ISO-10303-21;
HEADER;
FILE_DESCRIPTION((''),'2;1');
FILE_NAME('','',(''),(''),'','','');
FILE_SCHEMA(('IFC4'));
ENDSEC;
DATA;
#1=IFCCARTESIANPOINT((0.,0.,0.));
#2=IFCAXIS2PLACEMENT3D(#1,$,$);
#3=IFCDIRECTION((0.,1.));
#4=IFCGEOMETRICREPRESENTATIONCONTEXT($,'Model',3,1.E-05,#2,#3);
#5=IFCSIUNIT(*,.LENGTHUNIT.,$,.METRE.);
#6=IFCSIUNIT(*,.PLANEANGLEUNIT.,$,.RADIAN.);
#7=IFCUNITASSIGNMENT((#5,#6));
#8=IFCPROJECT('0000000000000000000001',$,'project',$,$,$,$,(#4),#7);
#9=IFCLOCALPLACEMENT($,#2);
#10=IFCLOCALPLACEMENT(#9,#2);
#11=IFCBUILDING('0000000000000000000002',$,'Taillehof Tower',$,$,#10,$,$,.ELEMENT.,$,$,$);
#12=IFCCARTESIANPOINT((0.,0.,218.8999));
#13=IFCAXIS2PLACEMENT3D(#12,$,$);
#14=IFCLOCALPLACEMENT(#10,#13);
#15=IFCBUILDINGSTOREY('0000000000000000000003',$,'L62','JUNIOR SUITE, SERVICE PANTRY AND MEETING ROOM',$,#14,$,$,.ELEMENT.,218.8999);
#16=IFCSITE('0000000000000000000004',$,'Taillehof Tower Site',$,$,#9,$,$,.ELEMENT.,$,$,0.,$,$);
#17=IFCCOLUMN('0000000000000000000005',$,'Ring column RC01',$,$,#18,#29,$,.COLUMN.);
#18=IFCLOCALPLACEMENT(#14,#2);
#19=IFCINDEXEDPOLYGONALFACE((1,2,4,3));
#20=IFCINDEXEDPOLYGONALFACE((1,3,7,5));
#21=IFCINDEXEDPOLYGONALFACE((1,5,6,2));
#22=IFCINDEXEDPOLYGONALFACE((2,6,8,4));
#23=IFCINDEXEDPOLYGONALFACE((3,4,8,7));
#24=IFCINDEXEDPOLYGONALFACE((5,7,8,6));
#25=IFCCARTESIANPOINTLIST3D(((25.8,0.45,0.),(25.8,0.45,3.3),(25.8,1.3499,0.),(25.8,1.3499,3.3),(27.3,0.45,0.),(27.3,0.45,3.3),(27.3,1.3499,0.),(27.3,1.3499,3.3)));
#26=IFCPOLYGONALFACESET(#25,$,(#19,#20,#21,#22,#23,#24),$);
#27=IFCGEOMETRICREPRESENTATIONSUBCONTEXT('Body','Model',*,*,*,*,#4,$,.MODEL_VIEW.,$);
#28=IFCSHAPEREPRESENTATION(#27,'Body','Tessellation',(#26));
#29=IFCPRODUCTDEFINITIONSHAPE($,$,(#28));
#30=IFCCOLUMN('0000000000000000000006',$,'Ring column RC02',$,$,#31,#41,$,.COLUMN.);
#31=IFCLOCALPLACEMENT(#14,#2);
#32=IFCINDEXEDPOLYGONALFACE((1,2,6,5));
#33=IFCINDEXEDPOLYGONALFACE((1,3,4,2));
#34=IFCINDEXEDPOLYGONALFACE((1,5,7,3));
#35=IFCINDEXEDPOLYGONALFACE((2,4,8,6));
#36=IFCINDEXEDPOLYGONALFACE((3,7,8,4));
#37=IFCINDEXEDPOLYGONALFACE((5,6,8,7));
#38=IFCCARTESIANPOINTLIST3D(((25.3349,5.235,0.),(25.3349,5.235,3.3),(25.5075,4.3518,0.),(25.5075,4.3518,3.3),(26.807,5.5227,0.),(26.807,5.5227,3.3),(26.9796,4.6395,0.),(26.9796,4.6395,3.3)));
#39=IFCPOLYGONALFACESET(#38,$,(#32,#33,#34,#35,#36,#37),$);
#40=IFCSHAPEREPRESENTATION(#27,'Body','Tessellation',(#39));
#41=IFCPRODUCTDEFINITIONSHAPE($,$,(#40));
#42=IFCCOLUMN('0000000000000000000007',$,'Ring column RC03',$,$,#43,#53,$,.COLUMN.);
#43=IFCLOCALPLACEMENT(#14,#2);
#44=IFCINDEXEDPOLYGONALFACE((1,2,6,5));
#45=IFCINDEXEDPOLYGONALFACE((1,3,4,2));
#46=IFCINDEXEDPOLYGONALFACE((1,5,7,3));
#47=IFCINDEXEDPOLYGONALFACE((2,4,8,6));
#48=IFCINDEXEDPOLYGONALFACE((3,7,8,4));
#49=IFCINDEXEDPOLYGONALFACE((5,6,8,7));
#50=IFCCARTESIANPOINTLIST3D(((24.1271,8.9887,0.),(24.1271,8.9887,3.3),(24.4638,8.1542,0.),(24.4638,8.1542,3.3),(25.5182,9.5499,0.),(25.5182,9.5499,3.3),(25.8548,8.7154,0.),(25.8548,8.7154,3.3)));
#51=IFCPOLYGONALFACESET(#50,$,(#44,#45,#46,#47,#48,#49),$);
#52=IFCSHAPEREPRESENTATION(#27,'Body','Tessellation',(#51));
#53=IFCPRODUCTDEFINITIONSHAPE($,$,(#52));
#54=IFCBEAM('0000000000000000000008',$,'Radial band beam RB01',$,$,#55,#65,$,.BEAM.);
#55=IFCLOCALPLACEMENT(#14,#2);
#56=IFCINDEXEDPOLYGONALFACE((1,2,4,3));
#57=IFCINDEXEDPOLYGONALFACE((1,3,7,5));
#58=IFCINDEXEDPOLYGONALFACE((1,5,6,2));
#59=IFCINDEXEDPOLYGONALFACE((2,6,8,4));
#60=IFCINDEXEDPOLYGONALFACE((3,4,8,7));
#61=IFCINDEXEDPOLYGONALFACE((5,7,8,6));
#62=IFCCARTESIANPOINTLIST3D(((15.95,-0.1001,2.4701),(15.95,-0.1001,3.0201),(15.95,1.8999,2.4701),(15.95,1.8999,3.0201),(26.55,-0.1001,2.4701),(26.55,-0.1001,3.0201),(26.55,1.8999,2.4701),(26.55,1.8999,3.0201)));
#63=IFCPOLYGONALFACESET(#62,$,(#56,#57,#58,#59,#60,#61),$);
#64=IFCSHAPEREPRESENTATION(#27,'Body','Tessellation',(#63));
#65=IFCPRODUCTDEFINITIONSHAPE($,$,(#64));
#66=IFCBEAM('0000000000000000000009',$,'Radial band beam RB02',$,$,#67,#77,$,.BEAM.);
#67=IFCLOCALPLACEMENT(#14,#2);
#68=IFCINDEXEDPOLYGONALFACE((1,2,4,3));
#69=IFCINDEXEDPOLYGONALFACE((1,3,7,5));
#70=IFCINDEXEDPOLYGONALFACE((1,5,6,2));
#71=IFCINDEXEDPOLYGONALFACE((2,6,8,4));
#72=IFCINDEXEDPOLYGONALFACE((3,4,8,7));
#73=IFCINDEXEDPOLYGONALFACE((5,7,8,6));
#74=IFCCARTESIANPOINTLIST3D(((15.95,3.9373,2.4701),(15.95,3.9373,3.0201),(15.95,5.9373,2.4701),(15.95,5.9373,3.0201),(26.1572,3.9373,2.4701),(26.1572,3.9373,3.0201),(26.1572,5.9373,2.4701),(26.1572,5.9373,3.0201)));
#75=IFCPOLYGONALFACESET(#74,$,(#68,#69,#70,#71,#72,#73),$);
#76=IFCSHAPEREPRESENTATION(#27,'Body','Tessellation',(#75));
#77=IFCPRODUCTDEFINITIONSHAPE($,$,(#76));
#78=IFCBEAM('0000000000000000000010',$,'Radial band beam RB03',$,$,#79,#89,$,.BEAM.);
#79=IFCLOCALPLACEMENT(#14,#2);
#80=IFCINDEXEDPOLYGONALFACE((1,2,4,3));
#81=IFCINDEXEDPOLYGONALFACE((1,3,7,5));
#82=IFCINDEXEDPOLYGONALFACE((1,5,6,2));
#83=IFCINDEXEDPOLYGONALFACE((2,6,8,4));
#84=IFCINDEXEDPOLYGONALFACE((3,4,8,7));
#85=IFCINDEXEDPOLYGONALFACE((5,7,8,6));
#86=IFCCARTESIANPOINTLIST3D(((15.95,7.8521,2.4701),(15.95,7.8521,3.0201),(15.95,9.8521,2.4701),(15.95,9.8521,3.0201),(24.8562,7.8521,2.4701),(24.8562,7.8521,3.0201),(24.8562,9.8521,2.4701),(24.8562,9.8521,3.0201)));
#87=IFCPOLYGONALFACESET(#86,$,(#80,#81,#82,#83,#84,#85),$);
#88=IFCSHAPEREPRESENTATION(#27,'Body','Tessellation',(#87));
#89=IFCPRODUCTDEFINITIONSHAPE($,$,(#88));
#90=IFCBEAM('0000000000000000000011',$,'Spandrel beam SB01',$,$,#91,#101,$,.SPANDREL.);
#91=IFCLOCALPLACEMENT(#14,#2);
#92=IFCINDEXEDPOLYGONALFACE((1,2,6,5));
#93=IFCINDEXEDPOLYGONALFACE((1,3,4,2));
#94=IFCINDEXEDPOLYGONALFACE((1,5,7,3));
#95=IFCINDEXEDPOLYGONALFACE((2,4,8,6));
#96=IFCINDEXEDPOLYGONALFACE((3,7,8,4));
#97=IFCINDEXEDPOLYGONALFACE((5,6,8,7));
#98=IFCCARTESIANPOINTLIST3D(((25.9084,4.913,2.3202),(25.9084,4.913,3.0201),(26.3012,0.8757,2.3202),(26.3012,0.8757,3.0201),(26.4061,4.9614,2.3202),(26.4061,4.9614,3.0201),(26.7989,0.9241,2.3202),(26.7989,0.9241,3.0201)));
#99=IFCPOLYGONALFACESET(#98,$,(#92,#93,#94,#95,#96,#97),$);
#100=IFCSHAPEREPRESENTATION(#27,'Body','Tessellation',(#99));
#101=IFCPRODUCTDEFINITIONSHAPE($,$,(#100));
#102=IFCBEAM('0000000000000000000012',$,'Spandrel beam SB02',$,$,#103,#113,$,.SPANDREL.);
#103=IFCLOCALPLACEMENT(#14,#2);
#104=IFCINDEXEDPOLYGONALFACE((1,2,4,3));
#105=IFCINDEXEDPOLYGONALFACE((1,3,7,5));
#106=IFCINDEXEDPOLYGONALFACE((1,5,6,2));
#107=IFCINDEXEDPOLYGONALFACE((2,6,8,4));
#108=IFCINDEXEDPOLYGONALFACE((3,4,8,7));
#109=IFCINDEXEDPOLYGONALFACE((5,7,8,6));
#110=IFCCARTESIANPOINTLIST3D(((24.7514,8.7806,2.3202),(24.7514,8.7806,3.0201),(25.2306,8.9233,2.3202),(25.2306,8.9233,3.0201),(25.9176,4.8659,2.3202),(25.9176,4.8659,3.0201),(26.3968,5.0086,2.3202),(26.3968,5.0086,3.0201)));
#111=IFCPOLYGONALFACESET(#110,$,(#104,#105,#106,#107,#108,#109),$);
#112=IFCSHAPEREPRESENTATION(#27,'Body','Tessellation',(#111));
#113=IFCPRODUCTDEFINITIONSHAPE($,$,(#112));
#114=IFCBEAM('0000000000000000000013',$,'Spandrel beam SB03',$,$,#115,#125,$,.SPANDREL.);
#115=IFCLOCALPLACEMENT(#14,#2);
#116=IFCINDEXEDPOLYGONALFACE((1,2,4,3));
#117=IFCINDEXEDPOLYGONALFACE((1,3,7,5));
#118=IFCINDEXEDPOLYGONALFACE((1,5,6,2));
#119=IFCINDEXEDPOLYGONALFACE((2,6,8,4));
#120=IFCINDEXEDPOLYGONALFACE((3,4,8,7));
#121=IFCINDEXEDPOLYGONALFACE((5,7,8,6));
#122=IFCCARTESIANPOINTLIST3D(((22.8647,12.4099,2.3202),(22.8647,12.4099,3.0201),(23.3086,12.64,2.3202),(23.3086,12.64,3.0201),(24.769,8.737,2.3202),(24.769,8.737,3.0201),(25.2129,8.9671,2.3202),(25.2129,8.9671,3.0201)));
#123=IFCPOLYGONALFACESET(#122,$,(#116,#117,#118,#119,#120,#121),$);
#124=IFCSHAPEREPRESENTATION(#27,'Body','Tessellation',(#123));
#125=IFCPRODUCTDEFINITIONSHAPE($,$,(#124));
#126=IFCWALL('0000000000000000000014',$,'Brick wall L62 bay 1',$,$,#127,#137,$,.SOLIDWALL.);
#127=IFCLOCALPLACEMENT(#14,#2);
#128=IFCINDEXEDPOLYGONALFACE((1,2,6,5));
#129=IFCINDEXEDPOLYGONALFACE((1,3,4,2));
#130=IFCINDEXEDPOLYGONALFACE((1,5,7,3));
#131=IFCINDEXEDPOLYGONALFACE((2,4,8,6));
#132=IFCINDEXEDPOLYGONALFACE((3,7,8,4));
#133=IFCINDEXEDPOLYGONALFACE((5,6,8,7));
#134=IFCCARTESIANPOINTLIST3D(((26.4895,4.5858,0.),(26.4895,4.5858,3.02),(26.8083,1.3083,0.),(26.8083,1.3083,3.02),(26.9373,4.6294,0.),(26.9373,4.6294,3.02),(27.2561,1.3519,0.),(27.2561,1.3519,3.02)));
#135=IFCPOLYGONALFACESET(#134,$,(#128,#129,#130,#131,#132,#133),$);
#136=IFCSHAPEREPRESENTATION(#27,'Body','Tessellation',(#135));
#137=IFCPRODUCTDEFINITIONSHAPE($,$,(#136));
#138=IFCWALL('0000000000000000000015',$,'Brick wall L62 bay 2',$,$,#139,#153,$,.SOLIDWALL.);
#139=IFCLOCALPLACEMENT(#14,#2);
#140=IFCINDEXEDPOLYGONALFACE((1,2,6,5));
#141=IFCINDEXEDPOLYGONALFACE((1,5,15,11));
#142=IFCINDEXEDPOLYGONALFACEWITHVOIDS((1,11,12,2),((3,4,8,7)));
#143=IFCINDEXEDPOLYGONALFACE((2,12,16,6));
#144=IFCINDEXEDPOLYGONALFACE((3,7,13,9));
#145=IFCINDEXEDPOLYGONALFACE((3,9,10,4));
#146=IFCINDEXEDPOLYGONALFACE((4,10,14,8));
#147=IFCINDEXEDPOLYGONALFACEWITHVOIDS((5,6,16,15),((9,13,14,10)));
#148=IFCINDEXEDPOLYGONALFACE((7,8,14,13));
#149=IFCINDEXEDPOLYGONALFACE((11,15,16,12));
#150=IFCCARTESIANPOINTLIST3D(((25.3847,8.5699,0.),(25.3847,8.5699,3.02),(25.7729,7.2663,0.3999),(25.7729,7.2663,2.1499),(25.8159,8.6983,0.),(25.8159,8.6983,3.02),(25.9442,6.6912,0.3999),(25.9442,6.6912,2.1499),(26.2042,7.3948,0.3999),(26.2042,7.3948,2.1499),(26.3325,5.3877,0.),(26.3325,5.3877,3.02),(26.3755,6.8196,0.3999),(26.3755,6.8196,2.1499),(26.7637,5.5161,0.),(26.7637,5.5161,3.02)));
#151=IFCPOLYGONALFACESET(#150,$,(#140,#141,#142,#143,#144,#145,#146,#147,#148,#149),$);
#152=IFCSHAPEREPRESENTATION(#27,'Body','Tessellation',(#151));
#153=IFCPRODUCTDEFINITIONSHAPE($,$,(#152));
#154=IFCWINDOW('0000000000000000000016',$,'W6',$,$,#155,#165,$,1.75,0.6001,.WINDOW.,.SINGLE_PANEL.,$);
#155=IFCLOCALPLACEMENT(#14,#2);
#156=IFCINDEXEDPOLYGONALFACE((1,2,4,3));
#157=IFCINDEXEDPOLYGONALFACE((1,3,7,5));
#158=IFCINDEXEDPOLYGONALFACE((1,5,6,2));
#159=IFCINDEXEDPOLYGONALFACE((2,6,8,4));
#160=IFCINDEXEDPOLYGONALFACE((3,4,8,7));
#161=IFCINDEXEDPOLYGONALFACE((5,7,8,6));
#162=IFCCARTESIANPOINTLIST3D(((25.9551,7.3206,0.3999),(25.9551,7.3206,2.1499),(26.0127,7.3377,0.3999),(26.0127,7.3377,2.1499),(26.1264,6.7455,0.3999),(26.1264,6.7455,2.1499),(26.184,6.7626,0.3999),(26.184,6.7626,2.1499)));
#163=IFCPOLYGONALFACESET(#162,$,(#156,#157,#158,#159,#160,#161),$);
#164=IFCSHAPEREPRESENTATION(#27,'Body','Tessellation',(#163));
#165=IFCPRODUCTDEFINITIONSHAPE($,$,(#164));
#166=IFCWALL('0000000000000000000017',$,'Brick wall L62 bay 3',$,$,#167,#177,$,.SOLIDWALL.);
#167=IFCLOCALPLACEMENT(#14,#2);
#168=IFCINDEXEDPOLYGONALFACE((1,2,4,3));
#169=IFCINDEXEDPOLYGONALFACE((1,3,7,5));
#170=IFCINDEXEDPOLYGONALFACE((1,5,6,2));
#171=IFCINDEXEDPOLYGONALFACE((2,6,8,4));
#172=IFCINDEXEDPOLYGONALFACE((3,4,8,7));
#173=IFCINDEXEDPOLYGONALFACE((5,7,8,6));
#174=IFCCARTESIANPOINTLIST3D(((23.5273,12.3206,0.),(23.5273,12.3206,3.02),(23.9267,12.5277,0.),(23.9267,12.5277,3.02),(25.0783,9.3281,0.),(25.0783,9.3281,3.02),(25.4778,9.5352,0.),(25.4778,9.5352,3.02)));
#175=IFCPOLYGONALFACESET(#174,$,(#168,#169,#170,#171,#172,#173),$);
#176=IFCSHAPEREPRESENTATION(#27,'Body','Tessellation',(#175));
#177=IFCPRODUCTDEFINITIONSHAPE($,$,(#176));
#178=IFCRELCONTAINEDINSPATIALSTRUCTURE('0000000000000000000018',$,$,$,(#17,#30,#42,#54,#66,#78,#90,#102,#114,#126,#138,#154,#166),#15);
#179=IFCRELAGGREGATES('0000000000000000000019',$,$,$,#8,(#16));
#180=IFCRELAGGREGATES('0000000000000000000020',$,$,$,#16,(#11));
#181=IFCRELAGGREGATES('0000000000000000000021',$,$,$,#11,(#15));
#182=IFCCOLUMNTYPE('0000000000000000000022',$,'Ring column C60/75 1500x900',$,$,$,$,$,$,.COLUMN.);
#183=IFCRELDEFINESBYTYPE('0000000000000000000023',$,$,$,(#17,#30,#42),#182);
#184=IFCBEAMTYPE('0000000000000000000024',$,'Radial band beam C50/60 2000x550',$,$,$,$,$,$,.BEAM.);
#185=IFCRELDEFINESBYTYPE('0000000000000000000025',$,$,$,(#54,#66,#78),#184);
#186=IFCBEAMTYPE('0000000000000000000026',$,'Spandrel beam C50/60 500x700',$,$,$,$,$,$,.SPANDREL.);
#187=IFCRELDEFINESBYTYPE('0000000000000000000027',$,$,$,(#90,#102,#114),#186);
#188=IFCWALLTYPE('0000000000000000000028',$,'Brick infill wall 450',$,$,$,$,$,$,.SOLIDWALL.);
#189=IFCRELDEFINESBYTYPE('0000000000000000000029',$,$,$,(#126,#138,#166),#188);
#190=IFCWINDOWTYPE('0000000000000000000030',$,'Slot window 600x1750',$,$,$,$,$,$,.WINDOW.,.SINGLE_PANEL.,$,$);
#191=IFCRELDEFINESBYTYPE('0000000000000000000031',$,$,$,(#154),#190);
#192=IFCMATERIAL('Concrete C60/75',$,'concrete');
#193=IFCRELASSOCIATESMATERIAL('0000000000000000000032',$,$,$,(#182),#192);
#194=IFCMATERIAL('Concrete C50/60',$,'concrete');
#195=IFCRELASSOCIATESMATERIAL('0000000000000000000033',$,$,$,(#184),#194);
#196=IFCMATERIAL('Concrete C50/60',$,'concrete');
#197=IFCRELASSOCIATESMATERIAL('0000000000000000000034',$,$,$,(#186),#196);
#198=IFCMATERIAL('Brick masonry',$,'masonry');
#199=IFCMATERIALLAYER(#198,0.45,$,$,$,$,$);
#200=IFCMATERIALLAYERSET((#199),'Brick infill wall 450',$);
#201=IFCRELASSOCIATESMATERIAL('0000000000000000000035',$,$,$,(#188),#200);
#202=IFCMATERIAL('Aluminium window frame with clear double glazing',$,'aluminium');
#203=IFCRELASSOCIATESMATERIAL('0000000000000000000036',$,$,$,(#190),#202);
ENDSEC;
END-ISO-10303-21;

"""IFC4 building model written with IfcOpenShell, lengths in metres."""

from ifc_helpers import new_model, si_unit, direction, frame, frame_2d, origin, origin_2d, place, context, subcontext, project, spatial, rectangle, extrude, material, layer, layer_set, material_profile, profile_set, type_object, element, fill, save


model = new_model("IFC4")

# Units and contexts
model_context = context("Model", 3, precision=1e-05, world=origin(), true_north=direction((0.0, 1.0)))
body_context = subcontext(model_context, "Body", "Model", "MODEL_VIEW")
ifc_project = project(units=[si_unit("LENGTHUNIT", "METRE"), si_unit("PLANEANGLEUNIT", "RADIAN")], contexts=[model_context])

# Site, building, storey
site_placement = place(None, origin())
site = spatial("IfcSite", under=ifc_project, at=site_placement, Name="Taillehof Tower Site", CompositionType="ELEMENT", RefElevation=0.0)
building_placement = place(site_placement, origin())
building = spatial("IfcBuilding", under=site, at=building_placement, Name="Taillehof Tower", CompositionType="ELEMENT")
storey_placement = place(building_placement, frame((0.0, 0.0, 218.8999)))
storey = spatial("IfcBuildingStorey", under=building, at=storey_placement, Name="L62", Description="JUNIOR SUITE, SERVICE PANTRY AND MEETING ROOM", CompositionType="ELEMENT", Elevation=218.8999)

# Columns
ifc_material_1 = material(Name="Concrete C60/75", Category="concrete")
ifc_material_profile_1 = material_profile(ifc_material_1, rectangle(XDim=1.5, YDim=0.8999, at=origin_2d()), Name="RC 1500x900")
ifc_profile_set_1 = profile_set([ifc_material_profile_1], Name="Concrete C60/75")
column_type = type_object("IfcColumnType", Name="Ring column C60/75 1500x900", PredefinedType="COLUMN", material=ifc_profile_set_1)
for number, where, z_axis, x_axis, name in (
    (1, (26.55, 0.8999, 0.0), (0.0, 0.0, 1.0), (1.0, 0.0, 0.0), "Ring column RC01"),
    (2, (26.1572, 4.9373, 0.0), (0.0, 0.0, 1.0), (0.981434, 0.191801, 0.0), "Ring column RC02"),
    (3, (24.991, 8.8521, 0.0), (0.0, 0.0, 1.0), (0.927385, 0.374108, 0.0), "Ring column RC03"),
):
    element("IfcColumn", number, at=place(storey_placement, frame(where, z_axis=z_axis, x_axis=x_axis)), inside=storey, type_object=column_type, Name=name, PredefinedType="COLUMN", context=body_context, shape_type="SweptSolid", body=[
        extrude(rectangle(XDim=1.5, YDim=0.8999, at=origin_2d()), origin(), (0.0, 0.0, 1.0), 3.3),
    ])

# Beams
ifc_material_2 = material(Name="Concrete C50/60", Category="concrete")
ifc_material_profile_2 = material_profile(ifc_material_2, rectangle(XDim=2.0, YDim=0.55, at=origin_2d()), Name="RC 2000x550")
ifc_profile_set_2 = profile_set([ifc_material_profile_2], Name="Concrete C50/60")
beam_type_1 = type_object("IfcBeamType", Name="Radial band beam C50/60 2000x550", PredefinedType="BEAM", material=ifc_profile_set_2)
beam_1_placement = place(storey_placement, frame((26.55, 0.8999, 2.7451), z_axis=(-1.0, 0.0, 0.0), x_axis=(0.0, -1.0, 0.0)))
element("IfcBeam", 4, at=beam_1_placement, inside=storey, type_object=beam_type_1, Name="Radial band beam RB01", PredefinedType="BEAM", context=body_context, shape_type="SweptSolid", body=[
    extrude(rectangle(XDim=2.0, YDim=0.55, at=origin_2d()), origin(), (0.0, 0.0, 1.0), 10.6001),
])
beam_2_placement = place(storey_placement, frame((26.1572, 4.9373, 2.7451), z_axis=(-1.0, 0.0, 0.0), x_axis=(0.0, -1.0, 0.0)))
element("IfcBeam", 5, at=beam_2_placement, inside=storey, type_object=beam_type_1, Name="Radial band beam RB02", PredefinedType="BEAM", context=body_context, shape_type="SweptSolid", body=[
    extrude(rectangle(XDim=2.0, YDim=0.55, at=origin_2d()), origin(), (0.0, 0.0, 1.0), 10.2073),
])
beam_3_placement = place(storey_placement, frame((24.8562, 8.8521, 2.7451), z_axis=(-1.0, 0.0, 0.0), x_axis=(0.0, -1.0, 0.0)))
element("IfcBeam", 6, at=beam_3_placement, inside=storey, type_object=beam_type_1, Name="Radial band beam RB03", PredefinedType="BEAM", context=body_context, shape_type="SweptSolid", body=[
    extrude(rectangle(XDim=2.0, YDim=0.55, at=origin_2d()), origin(), (0.0, 0.0, 1.0), 8.9062),
])
ifc_material_3 = material(Name="Concrete C50/60", Category="concrete")
ifc_material_profile_3 = material_profile(ifc_material_3, rectangle(XDim=0.5, YDim=0.7, at=origin_2d()), Name="RC 500x700")
ifc_profile_set_3 = profile_set([ifc_material_profile_3], Name="Concrete C50/60")
beam_type_2 = type_object("IfcBeamType", Name="Spandrel beam C50/60 500x700", PredefinedType="SPANDREL", material=ifc_profile_set_3)
beam_4_placement = place(storey_placement, frame((26.55, 0.8999, 2.6702), z_axis=(-0.09684, 0.9953, 0.0), x_axis=(-0.9953, -0.09684, 0.0)))
element("IfcBeam", 7, at=beam_4_placement, inside=storey, type_object=beam_type_2, Name="Spandrel beam SB01", PredefinedType="SPANDREL", context=body_context, shape_type="SweptSolid", body=[
    extrude(rectangle(XDim=0.5, YDim=0.7, at=origin_2d()), origin(), (0.0, 0.0, 1.0), 4.0564),
])
beam_5_placement = place(storey_placement, frame((26.1572, 4.9373, 2.6702), z_axis=(-0.28551, 0.958376, 0.0), x_axis=(-0.958376, -0.28551, 0.0)))
element("IfcBeam", 8, at=beam_5_placement, inside=storey, type_object=beam_type_2, Name="Spandrel beam SB02", PredefinedType="SPANDREL", context=body_context, shape_type="SweptSolid", body=[
    extrude(rectangle(XDim=0.5, YDim=0.7, at=origin_2d()), origin(), (0.0, 0.0, 1.0), 4.0847),
])
beam_6_placement = place(storey_placement, frame((24.991, 8.8521, 2.6702), z_axis=(-0.46029, 0.887769, 0.0), x_axis=(-0.887769, -0.46029, 0.0)))
element("IfcBeam", 9, at=beam_6_placement, inside=storey, type_object=beam_type_2, Name="Spandrel beam SB03", PredefinedType="SPANDREL", context=body_context, shape_type="SweptSolid", body=[
    extrude(rectangle(XDim=0.5, YDim=0.7, at=origin_2d()), origin(), (0.0, 0.0, 1.0), 4.1372),
])

# Wall
ifc_material_4 = material(Name="Brick masonry", Category="masonry")
ifc_layer_1 = layer(ifc_material_4, 0.45)
ifc_layer_set_1 = layer_set([ifc_layer_1], Name="Brick infill wall 450")
wall_type_1 = type_object("IfcWallType", Name="Brick infill wall 450", PredefinedType="SOLIDWALL", material=ifc_layer_set_1)
wall_1_placement = place(storey_placement, frame((27.0322, 1.3301, 0.0), z_axis=(0.0, 0.0, 1.0), x_axis=(-0.096824, 0.995302, 0.0)))
element("IfcWall", 10, at=wall_1_placement, inside=storey, type_object=wall_type_1, Name="Brick wall L62 bay 1", PredefinedType="SOLIDWALL", context=body_context, shape_type="SweptSolid", body=[
    extrude(rectangle(XDim=3.293, YDim=0.45, at=frame_2d((1.6465, 0.0))), origin(), (0.0, 0.0, 1.0), 3.02),
])

# Wall, opening, window
wall_2_placement = place(storey_placement, frame((26.5481, 5.4519, 0.0), z_axis=(0.0, 0.0, 1.0), x_axis=(-0.285445, 0.958395, 0.0)))
wall_2 = element("IfcWall", 11, at=wall_2_placement, inside=storey, type_object=wall_type_1, Name="Brick wall L62 bay 2", PredefinedType="SOLIDWALL", context=body_context, shape_type="SweptSolid", body=[
    extrude(rectangle(XDim=3.3203, YDim=0.45, at=frame_2d((1.6602, 0.0))), origin(), (0.0, 0.0, 1.0), 3.02),
])
opening_1_placement = place(wall_2_placement, frame((1.3601, 0.0, 0.3999)))
opening_1 = element("IfcOpeningElement", 12, at=opening_1_placement, cuts=wall_2, PredefinedType="OPENING", context=body_context, shape_type="SweptSolid", body=[
    extrude(rectangle(XDim=0.6001, YDim=1.75, at=frame_2d((0.3, 0.875))), frame((0.0, 0.2349, 0.0), z_axis=(0.0, -1.0, 0.0), x_axis=(1.0, 0.0, 0.0)), (0.0, 0.0, 1.0), 0.47),
])
ifc_material_5 = material(Name="Aluminium window frame with clear double glazing", Category="aluminium")
window_type = type_object("IfcWindowType", Name="Slot window 600x1750", PartitioningType="SINGLE_PANEL", PredefinedType="WINDOW", material=ifc_material_5)
window_placement = place(opening_1_placement, origin())
window = element("IfcWindow", 13, at=window_placement, inside=storey, type_object=window_type, Name="W6", OverallHeight=1.75, OverallWidth=0.6001, PartitioningType="SINGLE_PANEL", PredefinedType="WINDOW", context=body_context, shape_type="SweptSolid", body=[
    extrude(rectangle(XDim=0.6001, YDim=1.75, at=frame_2d((0.3, 0.875))), frame((0.0, 0.0349, 0.0), z_axis=(0.0, -1.0, 0.0), x_axis=(1.0, 0.0, 0.0)), (0.0, 0.0, 1.0), 0.0601),
])
fill(opening_1, window)

# Wall
wall_3_placement = place(storey_placement, frame((25.2781, 9.4316, 0.0), z_axis=(0.0, 0.0, 1.0), x_axis=(-0.460176, 0.887828, 0.0)))
element("IfcWall", 14, at=wall_3_placement, inside=storey, type_object=wall_type_1, Name="Brick wall L62 bay 3", PredefinedType="SOLIDWALL", context=body_context, shape_type="SweptSolid", body=[
    extrude(rectangle(XDim=3.3706, YDim=0.45, at=frame_2d((1.6853, 0.0))), origin(), (0.0, 0.0, 1.0), 3.02),
])

save(model, "model.ifc")
